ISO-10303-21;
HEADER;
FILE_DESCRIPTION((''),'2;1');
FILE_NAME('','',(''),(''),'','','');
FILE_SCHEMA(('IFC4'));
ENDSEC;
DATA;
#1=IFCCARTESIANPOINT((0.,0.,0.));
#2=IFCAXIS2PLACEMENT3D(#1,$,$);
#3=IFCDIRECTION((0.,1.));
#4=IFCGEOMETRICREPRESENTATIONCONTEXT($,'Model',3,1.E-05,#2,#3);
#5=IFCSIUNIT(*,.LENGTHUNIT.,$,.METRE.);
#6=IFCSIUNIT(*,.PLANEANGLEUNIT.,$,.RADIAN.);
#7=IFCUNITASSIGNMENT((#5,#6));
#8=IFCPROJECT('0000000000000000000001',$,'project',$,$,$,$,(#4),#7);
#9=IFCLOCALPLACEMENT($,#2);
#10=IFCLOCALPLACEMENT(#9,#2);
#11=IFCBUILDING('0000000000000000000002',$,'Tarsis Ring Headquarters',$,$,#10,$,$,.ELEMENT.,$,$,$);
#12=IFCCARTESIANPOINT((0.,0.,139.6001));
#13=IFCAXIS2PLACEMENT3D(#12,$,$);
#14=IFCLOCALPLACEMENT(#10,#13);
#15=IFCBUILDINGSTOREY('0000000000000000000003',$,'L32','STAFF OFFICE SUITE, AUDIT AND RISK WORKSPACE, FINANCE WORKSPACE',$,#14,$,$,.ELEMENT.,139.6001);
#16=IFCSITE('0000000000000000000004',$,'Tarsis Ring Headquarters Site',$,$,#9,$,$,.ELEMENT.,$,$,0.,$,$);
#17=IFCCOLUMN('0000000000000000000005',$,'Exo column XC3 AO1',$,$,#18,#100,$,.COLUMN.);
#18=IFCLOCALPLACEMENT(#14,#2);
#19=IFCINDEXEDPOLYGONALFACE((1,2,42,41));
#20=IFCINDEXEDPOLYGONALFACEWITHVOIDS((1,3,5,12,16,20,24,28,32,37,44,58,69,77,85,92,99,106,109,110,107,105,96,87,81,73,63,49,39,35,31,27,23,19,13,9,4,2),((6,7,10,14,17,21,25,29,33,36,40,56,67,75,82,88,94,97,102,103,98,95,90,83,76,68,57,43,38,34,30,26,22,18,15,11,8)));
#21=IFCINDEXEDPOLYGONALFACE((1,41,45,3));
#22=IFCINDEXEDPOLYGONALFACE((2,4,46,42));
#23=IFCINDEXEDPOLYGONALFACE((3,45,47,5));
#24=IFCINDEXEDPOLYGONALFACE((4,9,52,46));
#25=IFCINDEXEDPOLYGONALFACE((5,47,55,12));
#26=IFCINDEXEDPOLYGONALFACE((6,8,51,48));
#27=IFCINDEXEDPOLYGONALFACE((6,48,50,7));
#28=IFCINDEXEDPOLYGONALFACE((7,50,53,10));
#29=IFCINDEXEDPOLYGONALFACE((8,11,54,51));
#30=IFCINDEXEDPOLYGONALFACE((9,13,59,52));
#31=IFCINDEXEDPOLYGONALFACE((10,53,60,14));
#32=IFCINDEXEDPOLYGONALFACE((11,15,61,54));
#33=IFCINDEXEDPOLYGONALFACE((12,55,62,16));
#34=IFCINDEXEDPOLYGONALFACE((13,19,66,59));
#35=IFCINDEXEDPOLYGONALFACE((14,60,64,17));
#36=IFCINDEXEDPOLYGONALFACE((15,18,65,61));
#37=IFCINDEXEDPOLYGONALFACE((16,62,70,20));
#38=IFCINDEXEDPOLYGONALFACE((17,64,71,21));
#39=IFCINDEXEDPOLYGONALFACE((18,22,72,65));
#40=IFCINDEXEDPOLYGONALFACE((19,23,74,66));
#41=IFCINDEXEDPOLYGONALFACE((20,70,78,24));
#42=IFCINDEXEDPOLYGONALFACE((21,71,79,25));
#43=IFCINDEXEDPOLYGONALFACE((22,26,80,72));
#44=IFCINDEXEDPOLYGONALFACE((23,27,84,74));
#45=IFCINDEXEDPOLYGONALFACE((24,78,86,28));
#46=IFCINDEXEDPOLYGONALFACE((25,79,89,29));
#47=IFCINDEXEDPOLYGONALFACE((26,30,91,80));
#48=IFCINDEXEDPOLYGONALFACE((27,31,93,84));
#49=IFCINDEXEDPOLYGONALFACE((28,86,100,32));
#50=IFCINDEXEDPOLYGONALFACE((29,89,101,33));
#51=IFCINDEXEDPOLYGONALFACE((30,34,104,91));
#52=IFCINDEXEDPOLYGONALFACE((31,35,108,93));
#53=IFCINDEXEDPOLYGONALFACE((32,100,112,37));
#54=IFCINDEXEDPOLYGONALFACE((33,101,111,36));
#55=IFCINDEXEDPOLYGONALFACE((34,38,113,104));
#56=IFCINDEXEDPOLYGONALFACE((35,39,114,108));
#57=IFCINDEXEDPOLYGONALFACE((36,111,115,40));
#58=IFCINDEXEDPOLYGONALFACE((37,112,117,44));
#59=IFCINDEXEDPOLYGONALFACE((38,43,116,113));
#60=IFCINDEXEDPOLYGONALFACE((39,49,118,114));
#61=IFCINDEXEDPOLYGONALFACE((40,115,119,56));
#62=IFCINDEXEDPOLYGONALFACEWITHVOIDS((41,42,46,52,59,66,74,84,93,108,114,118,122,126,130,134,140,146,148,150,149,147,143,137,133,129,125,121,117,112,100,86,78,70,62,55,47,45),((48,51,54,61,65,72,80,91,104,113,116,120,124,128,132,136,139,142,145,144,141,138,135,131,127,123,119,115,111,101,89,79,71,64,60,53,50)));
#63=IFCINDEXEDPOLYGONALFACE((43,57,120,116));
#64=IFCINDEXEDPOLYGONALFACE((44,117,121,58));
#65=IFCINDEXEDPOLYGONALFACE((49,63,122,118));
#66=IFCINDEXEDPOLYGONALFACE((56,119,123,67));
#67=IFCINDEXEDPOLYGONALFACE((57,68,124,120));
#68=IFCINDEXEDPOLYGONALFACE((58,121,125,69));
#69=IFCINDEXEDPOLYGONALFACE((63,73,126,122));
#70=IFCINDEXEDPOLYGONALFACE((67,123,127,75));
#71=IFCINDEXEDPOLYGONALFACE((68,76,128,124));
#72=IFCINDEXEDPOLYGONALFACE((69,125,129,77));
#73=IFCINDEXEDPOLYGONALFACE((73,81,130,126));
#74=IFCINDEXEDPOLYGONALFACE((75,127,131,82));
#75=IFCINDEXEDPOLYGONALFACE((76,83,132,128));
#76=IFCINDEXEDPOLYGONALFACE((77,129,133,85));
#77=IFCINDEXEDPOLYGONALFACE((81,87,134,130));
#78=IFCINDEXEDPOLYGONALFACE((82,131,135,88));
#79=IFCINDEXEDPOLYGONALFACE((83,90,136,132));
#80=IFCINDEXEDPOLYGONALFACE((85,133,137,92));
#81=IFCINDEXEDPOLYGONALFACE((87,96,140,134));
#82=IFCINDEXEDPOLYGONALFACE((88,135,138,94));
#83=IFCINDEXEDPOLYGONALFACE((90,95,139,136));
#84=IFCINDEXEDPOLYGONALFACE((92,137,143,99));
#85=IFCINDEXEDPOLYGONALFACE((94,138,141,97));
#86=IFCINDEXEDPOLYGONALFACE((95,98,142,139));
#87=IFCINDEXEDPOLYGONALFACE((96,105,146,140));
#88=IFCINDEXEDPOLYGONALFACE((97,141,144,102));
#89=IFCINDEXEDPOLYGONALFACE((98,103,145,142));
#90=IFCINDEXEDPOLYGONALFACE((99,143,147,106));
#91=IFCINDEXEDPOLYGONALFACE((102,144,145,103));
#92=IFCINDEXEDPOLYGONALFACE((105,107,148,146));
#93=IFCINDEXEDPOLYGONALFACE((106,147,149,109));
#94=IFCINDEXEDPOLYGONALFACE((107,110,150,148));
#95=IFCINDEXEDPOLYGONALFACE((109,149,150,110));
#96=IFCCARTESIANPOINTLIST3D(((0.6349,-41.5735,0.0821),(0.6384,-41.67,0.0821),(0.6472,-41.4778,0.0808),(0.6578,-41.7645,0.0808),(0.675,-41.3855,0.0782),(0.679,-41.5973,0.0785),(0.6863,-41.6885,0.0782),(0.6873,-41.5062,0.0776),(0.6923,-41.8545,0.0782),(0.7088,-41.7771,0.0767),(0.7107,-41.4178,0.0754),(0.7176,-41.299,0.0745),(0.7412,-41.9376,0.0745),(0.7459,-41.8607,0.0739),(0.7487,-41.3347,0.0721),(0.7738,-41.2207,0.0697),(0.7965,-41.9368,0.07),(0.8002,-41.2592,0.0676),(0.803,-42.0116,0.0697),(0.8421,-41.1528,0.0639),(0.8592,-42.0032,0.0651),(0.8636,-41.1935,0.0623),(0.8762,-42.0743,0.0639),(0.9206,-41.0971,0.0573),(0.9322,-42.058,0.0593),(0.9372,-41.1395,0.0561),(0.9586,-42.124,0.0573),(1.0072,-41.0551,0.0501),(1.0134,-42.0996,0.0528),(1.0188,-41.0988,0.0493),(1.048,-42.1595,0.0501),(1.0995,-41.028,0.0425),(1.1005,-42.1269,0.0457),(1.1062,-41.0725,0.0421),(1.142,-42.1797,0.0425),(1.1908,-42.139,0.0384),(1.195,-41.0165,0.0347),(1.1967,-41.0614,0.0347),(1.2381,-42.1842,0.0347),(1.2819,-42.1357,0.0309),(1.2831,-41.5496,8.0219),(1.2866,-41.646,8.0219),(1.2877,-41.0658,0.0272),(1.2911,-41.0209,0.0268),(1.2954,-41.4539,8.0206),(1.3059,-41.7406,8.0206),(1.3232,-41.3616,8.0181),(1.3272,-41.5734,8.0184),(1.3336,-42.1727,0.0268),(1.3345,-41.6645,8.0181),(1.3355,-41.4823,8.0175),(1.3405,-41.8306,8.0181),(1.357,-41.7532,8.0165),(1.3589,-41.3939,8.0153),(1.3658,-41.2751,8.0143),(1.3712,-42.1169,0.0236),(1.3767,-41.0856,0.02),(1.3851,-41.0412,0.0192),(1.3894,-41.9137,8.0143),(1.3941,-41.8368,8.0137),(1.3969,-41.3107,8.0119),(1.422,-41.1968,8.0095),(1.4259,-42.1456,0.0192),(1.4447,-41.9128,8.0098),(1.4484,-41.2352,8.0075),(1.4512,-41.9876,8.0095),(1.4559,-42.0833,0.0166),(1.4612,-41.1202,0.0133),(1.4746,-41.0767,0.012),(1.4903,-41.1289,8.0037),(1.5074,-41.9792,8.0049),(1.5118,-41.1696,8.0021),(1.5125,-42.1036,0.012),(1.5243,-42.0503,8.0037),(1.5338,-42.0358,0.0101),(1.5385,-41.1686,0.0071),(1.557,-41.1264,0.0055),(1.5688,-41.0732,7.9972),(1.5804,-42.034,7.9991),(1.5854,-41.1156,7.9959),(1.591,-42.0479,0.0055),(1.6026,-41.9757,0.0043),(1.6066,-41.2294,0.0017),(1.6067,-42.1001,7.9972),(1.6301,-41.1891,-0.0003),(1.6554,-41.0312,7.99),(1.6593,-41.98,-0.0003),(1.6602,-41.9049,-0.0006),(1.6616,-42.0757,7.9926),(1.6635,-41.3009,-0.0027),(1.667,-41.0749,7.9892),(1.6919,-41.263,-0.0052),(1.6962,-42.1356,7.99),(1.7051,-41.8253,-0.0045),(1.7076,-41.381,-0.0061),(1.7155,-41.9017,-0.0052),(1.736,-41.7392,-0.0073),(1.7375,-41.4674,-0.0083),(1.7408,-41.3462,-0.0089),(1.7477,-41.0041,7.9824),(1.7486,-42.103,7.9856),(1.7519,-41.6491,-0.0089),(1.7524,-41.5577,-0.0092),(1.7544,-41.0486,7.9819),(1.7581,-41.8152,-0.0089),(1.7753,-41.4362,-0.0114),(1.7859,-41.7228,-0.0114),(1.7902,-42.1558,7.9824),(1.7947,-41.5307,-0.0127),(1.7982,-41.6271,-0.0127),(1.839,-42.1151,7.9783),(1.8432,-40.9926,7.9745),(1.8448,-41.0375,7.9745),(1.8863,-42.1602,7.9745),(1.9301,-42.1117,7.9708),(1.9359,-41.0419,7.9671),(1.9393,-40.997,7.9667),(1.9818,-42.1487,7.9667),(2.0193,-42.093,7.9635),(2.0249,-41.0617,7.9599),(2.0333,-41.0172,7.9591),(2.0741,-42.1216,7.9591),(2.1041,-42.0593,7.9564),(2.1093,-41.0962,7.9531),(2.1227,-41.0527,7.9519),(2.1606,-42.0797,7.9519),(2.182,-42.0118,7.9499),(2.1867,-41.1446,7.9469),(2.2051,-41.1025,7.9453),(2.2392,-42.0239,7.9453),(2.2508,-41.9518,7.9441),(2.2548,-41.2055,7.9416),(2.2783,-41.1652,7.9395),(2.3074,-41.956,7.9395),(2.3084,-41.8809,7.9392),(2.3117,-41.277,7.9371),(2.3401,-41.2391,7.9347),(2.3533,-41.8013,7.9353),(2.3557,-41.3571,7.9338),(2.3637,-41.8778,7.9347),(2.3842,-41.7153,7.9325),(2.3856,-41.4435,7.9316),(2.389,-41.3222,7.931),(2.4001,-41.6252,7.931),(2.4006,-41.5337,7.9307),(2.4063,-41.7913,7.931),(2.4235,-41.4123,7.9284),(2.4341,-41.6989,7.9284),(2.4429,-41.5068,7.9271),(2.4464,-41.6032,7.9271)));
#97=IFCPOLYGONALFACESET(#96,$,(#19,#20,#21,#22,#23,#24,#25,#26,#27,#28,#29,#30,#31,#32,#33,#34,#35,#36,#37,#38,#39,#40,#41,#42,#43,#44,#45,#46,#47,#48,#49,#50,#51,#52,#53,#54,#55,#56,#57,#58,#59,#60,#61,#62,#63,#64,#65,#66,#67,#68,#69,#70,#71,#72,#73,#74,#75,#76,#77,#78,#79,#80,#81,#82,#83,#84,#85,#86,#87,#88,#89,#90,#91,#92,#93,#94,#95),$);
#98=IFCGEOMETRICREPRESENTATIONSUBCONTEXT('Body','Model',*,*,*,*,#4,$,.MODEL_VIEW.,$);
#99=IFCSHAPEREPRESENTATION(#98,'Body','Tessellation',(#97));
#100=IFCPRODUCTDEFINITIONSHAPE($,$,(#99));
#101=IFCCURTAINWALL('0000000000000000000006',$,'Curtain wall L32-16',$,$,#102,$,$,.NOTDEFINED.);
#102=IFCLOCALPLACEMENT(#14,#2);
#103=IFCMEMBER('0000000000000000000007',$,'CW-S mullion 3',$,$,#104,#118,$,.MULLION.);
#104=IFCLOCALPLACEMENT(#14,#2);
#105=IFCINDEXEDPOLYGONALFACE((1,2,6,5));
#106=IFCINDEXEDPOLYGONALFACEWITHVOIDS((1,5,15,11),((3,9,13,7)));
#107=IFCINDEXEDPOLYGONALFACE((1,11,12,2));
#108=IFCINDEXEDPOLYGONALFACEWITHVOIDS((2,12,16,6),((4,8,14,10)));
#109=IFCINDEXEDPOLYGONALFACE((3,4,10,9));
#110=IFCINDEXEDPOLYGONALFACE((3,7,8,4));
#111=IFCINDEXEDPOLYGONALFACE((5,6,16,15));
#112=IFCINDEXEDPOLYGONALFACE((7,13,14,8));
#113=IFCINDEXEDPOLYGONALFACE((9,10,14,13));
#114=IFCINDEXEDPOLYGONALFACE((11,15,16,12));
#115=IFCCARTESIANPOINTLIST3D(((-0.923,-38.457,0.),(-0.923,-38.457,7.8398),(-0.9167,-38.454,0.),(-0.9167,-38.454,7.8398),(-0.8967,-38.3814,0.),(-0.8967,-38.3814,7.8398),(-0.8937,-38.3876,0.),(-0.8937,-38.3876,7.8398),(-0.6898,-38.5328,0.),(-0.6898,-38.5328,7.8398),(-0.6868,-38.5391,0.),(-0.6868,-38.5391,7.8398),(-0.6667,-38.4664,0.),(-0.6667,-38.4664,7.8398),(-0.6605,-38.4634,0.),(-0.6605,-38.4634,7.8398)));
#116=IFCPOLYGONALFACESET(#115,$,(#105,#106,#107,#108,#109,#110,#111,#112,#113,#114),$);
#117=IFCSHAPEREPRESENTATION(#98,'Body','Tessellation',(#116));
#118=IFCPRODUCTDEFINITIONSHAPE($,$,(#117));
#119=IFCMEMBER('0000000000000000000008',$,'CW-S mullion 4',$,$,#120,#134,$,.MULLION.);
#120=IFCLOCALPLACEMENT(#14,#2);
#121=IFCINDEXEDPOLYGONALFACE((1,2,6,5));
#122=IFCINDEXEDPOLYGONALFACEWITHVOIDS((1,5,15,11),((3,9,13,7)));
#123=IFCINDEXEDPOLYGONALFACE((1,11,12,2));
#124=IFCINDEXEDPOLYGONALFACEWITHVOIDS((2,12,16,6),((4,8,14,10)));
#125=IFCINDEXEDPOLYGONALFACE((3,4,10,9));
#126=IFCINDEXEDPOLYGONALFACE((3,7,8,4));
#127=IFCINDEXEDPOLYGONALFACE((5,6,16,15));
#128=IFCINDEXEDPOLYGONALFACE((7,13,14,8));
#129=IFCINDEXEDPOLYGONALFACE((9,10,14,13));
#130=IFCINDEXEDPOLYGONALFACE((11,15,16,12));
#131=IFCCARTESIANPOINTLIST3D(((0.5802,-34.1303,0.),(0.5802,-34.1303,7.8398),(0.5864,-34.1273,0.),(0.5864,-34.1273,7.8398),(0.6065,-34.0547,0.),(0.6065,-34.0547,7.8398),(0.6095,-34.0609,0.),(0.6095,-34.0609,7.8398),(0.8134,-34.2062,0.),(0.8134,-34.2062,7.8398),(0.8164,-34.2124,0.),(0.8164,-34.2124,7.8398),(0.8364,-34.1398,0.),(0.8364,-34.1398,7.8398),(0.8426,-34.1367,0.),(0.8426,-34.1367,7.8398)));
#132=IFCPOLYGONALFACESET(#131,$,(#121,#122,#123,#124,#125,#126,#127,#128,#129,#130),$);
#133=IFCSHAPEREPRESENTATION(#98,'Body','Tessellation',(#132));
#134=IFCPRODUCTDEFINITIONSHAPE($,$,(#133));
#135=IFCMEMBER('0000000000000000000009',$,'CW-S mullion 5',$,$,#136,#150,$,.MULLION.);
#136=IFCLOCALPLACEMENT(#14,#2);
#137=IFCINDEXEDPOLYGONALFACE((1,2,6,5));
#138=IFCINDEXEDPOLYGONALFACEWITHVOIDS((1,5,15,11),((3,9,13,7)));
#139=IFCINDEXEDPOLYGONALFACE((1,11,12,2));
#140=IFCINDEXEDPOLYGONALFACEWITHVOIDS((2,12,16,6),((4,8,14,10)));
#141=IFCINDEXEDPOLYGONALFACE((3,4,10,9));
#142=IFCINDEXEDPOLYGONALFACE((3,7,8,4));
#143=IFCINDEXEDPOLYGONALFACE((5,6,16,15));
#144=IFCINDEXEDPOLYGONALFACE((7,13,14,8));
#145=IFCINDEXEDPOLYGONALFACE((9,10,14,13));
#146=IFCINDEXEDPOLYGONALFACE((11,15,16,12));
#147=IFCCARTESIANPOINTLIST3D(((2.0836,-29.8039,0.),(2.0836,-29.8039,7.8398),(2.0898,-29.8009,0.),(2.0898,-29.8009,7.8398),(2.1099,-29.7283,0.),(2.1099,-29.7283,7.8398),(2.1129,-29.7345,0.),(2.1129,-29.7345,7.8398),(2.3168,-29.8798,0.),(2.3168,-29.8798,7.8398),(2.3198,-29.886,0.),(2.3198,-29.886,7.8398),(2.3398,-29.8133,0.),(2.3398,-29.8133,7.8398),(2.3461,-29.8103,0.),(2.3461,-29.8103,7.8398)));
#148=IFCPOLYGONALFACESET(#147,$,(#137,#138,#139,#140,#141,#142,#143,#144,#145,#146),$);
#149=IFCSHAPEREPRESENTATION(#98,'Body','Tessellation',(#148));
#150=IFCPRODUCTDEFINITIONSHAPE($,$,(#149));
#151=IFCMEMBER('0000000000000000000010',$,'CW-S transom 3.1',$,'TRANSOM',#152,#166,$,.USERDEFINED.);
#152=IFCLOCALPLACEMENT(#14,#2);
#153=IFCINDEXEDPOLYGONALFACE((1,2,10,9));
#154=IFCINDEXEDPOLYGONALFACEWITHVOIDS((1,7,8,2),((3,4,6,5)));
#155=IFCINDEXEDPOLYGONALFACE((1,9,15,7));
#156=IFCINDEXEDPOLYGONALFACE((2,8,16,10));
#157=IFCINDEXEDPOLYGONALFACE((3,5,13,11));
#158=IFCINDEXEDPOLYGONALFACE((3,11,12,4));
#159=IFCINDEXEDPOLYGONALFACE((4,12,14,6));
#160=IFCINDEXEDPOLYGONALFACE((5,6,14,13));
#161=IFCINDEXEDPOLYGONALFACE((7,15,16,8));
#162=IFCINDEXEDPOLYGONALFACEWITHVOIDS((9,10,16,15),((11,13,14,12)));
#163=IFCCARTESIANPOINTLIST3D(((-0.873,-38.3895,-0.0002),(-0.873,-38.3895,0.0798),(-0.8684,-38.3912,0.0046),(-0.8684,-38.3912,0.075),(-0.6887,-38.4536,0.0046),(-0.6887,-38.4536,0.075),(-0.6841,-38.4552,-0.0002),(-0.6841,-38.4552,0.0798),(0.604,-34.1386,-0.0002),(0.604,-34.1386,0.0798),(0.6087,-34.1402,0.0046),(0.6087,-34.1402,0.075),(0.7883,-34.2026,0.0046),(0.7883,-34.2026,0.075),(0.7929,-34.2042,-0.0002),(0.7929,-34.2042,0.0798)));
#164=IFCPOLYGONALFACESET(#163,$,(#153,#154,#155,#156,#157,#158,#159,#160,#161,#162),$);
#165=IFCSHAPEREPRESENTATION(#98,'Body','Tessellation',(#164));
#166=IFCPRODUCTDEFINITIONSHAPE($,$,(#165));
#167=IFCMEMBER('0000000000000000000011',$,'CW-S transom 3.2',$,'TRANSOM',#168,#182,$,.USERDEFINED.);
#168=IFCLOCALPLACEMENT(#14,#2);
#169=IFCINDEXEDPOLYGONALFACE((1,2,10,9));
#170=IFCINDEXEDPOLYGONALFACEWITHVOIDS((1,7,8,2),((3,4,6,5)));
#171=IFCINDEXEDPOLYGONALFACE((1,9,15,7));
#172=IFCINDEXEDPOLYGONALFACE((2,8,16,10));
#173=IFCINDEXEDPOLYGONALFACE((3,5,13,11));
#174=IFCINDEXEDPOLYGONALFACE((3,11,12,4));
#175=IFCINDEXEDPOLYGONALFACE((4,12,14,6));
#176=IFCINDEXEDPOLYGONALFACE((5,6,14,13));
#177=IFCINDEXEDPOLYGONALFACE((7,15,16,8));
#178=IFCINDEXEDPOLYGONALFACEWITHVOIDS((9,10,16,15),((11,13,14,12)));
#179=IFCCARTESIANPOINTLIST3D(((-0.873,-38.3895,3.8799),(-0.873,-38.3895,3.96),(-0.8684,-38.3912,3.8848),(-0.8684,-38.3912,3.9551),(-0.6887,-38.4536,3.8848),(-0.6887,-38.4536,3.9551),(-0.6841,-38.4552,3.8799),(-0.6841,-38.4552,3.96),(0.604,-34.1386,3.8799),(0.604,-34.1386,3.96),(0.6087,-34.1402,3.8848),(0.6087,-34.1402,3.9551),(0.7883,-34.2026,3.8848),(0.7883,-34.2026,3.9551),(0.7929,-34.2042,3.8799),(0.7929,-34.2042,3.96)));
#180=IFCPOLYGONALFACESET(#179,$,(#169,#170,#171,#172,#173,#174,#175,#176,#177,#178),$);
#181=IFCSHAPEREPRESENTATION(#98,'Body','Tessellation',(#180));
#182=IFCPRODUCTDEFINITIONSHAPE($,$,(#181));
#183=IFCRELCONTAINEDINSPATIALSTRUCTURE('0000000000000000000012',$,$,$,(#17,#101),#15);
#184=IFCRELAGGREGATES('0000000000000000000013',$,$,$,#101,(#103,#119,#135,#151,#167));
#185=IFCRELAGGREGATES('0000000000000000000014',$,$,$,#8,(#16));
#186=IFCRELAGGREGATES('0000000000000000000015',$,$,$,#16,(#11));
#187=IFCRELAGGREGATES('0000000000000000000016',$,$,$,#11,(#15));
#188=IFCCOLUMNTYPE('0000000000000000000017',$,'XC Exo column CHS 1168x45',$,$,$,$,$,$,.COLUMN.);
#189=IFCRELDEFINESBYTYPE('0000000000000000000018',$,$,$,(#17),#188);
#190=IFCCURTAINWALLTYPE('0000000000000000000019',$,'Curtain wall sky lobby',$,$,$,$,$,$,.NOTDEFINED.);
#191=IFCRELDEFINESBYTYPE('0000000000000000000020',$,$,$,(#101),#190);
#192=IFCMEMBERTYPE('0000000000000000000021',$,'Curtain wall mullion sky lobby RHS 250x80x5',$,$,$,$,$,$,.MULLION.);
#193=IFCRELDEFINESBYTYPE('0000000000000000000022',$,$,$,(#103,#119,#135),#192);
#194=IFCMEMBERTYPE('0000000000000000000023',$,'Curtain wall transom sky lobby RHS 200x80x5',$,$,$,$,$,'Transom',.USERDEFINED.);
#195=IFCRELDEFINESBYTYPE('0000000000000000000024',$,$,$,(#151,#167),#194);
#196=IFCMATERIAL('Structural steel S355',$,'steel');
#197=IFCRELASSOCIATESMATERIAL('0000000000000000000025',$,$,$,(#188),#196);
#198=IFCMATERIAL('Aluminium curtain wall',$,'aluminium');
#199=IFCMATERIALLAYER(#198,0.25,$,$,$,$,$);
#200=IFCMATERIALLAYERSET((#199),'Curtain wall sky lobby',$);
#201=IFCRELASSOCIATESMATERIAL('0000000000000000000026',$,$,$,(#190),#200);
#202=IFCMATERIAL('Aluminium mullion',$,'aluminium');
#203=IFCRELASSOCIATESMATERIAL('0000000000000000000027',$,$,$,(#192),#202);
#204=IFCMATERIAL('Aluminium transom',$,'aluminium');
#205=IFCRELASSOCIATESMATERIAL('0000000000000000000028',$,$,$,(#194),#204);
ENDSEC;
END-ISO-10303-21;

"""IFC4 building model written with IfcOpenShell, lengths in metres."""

from ifc_helpers import new_model, si_unit, direction, frame, origin, origin_2d, place, context, subcontext, project, spatial, hollow_rectangle, hollow_circle, extrude, material, layer, layer_set, material_profile, profile_set, type_object, element, aggregate, save


model = new_model("IFC4")

# Units and contexts
model_context = context("Model", 3, precision=1e-05, world=origin(), true_north=direction((0.0, 1.0)))
body_context = subcontext(model_context, "Body", "Model", "MODEL_VIEW")
ifc_project = project(units=[si_unit("LENGTHUNIT", "METRE"), si_unit("PLANEANGLEUNIT", "RADIAN")], contexts=[model_context])

# Site, building, storey
site_placement = place(None, origin())
site = spatial("IfcSite", under=ifc_project, at=site_placement, Name="Tarsis Ring Headquarters Site", CompositionType="ELEMENT", RefElevation=0.0)
building_placement = place(site_placement, origin())
building = spatial("IfcBuilding", under=site, at=building_placement, Name="Tarsis Ring Headquarters", CompositionType="ELEMENT")
storey_placement = place(building_placement, frame((0.0, 0.0, 139.6001)))
storey = spatial("IfcBuildingStorey", under=building, at=storey_placement, Name="L32", Description="STAFF OFFICE SUITE, AUDIT AND RISK WORKSPACE, FINANCE WORKSPACE", CompositionType="ELEMENT", Elevation=139.6001)

# Column
ifc_material_1 = material(Name="Structural steel S355", Category="steel")
ifc_material_profile_1 = material_profile(ifc_material_1, hollow_circle(Radius=0.5842, WallThickness=0.0449, at=origin_2d()), Name="CHS 1168x45")
ifc_profile_set_1 = profile_set([ifc_material_profile_1], Name="Structural steel S355")
column_type = type_object("IfcColumnType", Name="XC Exo column CHS 1168x45", PredefinedType="COLUMN", material=ifc_profile_set_1)
column_placement = place(storey_placement, frame((1.2166, -41.6003, 0.0347), z_axis=(0.081366, 0.003003, 0.99668), x_axis=(-0.036886, 0.999319, 0.0)))
element("IfcColumn", 1, at=column_placement, inside=storey, type_object=column_type, Name="Exo column XC3 AO1", PredefinedType="COLUMN", context=body_context, shape_type="SweptSolid", body=[
    extrude(hollow_circle(Radius=0.5842, WallThickness=0.0449, at=origin_2d()), origin(), (0.0, 0.0, 1.0), 7.9663),
])

# Curtain wall, members
ifc_material_2 = material(Name="Aluminium curtain wall", Category="aluminium")
ifc_layer_1 = layer(ifc_material_2, 0.25)
ifc_layer_set_1 = layer_set([ifc_layer_1], Name="Curtain wall sky lobby")
curtain_wall_type = type_object("IfcCurtainWallType", Name="Curtain wall sky lobby", PredefinedType="NOTDEFINED", material=ifc_layer_set_1)
curtain_wall_placement = place(storey_placement, origin())
curtain_wall = element("IfcCurtainWall", 2, at=curtain_wall_placement, inside=storey, type_object=curtain_wall_type, Name="Curtain wall L32-16", PredefinedType="NOTDEFINED")
ifc_material_3 = material(Name="Aluminium mullion", Category="aluminium")
ifc_material_profile_2 = material_profile(ifc_material_3, hollow_rectangle(XDim=0.25, YDim=0.0801, WallThickness=0.0049, at=origin_2d()), Name="RHS 250x80x5")
ifc_profile_set_2 = profile_set([ifc_material_profile_2], Name="Aluminium mullion")
member_type_1 = type_object("IfcMemberType", Name="Curtain wall mullion sky lobby RHS 250x80x5", PredefinedType="MULLION", material=ifc_profile_set_2)
member_1_placement = place(storey_placement, frame((-0.7917, -38.4602, 0.0), z_axis=(0.0, 0.0, 1.0), x_axis=(-0.944606, 0.328207, 0.0)))
member_1 = element("IfcMember", 3, at=member_1_placement, type_object=member_type_1, Name="CW-S mullion 3", PredefinedType="MULLION", context=body_context, shape_type="SweptSolid", body=[
    extrude(hollow_rectangle(XDim=0.25, YDim=0.0801, WallThickness=0.0049, at=origin_2d()), origin(), (0.0, 0.0, 1.0), 7.8398),
])
member_2_placement = place(storey_placement, frame((0.7114, -34.1335, 0.0), z_axis=(0.0, 0.0, 1.0), x_axis=(-0.944606, 0.328207, 0.0)))
member_2 = element("IfcMember", 4, at=member_2_placement, type_object=member_type_1, Name="CW-S mullion 4", PredefinedType="MULLION", context=body_context, shape_type="SweptSolid", body=[
    extrude(hollow_rectangle(XDim=0.25, YDim=0.0801, WallThickness=0.0049, at=origin_2d()), origin(), (0.0, 0.0, 1.0), 7.8398),
])
member_3_placement = place(storey_placement, frame((2.2148, -29.8071, 0.0), z_axis=(0.0, 0.0, 1.0), x_axis=(-0.944606, 0.328207, 0.0)))
member_3 = element("IfcMember", 5, at=member_3_placement, type_object=member_type_1, Name="CW-S mullion 5", PredefinedType="MULLION", context=body_context, shape_type="SweptSolid", body=[
    extrude(hollow_rectangle(XDim=0.25, YDim=0.0801, WallThickness=0.0049, at=origin_2d()), origin(), (0.0, 0.0, 1.0), 7.8398),
])
ifc_material_4 = material(Name="Aluminium transom", Category="aluminium")
ifc_material_profile_3 = material_profile(ifc_material_4, hollow_rectangle(XDim=0.2, YDim=0.0801, WallThickness=0.0049, at=origin_2d()), Name="RHS 200x80x5")
ifc_profile_set_3 = profile_set([ifc_material_profile_3], Name="Aluminium transom")
member_type_2 = type_object("IfcMemberType", Name="Curtain wall transom sky lobby RHS 200x80x5", ElementType="Transom", PredefinedType="USERDEFINED", material=ifc_profile_set_3)
member_4_placement = place(storey_placement, frame((-0.7786, -38.4224, 0.0398), z_axis=(0.328213, 0.944604, 0.0), x_axis=(-0.944604, 0.328213, 0.0)))
member_4 = element("IfcMember", 6, at=member_4_placement, type_object=member_type_2, Name="CW-S transom 3.1", ObjectType="TRANSOM", PredefinedType="USERDEFINED", context=body_context, shape_type="SweptSolid", body=[
    extrude(hollow_rectangle(XDim=0.2, YDim=0.0801, WallThickness=0.0049, at=origin_2d()), origin(), (0.0, 0.0, 1.0), 4.5002),
])
member_5_placement = place(storey_placement, frame((-0.7786, -38.4224, 3.9199), z_axis=(0.328213, 0.944604, 0.0), x_axis=(-0.944604, 0.328213, 0.0)))
member_5 = element("IfcMember", 7, at=member_5_placement, type_object=member_type_2, Name="CW-S transom 3.2", ObjectType="TRANSOM", PredefinedType="USERDEFINED", context=body_context, shape_type="SweptSolid", body=[
    extrude(hollow_rectangle(XDim=0.2, YDim=0.0801, WallThickness=0.0049, at=origin_2d()), origin(), (0.0, 0.0, 1.0), 4.5002),
])

aggregate(curtain_wall, [member_1, member_2, member_3, member_4, member_5])

save(model, "model.ifc")
